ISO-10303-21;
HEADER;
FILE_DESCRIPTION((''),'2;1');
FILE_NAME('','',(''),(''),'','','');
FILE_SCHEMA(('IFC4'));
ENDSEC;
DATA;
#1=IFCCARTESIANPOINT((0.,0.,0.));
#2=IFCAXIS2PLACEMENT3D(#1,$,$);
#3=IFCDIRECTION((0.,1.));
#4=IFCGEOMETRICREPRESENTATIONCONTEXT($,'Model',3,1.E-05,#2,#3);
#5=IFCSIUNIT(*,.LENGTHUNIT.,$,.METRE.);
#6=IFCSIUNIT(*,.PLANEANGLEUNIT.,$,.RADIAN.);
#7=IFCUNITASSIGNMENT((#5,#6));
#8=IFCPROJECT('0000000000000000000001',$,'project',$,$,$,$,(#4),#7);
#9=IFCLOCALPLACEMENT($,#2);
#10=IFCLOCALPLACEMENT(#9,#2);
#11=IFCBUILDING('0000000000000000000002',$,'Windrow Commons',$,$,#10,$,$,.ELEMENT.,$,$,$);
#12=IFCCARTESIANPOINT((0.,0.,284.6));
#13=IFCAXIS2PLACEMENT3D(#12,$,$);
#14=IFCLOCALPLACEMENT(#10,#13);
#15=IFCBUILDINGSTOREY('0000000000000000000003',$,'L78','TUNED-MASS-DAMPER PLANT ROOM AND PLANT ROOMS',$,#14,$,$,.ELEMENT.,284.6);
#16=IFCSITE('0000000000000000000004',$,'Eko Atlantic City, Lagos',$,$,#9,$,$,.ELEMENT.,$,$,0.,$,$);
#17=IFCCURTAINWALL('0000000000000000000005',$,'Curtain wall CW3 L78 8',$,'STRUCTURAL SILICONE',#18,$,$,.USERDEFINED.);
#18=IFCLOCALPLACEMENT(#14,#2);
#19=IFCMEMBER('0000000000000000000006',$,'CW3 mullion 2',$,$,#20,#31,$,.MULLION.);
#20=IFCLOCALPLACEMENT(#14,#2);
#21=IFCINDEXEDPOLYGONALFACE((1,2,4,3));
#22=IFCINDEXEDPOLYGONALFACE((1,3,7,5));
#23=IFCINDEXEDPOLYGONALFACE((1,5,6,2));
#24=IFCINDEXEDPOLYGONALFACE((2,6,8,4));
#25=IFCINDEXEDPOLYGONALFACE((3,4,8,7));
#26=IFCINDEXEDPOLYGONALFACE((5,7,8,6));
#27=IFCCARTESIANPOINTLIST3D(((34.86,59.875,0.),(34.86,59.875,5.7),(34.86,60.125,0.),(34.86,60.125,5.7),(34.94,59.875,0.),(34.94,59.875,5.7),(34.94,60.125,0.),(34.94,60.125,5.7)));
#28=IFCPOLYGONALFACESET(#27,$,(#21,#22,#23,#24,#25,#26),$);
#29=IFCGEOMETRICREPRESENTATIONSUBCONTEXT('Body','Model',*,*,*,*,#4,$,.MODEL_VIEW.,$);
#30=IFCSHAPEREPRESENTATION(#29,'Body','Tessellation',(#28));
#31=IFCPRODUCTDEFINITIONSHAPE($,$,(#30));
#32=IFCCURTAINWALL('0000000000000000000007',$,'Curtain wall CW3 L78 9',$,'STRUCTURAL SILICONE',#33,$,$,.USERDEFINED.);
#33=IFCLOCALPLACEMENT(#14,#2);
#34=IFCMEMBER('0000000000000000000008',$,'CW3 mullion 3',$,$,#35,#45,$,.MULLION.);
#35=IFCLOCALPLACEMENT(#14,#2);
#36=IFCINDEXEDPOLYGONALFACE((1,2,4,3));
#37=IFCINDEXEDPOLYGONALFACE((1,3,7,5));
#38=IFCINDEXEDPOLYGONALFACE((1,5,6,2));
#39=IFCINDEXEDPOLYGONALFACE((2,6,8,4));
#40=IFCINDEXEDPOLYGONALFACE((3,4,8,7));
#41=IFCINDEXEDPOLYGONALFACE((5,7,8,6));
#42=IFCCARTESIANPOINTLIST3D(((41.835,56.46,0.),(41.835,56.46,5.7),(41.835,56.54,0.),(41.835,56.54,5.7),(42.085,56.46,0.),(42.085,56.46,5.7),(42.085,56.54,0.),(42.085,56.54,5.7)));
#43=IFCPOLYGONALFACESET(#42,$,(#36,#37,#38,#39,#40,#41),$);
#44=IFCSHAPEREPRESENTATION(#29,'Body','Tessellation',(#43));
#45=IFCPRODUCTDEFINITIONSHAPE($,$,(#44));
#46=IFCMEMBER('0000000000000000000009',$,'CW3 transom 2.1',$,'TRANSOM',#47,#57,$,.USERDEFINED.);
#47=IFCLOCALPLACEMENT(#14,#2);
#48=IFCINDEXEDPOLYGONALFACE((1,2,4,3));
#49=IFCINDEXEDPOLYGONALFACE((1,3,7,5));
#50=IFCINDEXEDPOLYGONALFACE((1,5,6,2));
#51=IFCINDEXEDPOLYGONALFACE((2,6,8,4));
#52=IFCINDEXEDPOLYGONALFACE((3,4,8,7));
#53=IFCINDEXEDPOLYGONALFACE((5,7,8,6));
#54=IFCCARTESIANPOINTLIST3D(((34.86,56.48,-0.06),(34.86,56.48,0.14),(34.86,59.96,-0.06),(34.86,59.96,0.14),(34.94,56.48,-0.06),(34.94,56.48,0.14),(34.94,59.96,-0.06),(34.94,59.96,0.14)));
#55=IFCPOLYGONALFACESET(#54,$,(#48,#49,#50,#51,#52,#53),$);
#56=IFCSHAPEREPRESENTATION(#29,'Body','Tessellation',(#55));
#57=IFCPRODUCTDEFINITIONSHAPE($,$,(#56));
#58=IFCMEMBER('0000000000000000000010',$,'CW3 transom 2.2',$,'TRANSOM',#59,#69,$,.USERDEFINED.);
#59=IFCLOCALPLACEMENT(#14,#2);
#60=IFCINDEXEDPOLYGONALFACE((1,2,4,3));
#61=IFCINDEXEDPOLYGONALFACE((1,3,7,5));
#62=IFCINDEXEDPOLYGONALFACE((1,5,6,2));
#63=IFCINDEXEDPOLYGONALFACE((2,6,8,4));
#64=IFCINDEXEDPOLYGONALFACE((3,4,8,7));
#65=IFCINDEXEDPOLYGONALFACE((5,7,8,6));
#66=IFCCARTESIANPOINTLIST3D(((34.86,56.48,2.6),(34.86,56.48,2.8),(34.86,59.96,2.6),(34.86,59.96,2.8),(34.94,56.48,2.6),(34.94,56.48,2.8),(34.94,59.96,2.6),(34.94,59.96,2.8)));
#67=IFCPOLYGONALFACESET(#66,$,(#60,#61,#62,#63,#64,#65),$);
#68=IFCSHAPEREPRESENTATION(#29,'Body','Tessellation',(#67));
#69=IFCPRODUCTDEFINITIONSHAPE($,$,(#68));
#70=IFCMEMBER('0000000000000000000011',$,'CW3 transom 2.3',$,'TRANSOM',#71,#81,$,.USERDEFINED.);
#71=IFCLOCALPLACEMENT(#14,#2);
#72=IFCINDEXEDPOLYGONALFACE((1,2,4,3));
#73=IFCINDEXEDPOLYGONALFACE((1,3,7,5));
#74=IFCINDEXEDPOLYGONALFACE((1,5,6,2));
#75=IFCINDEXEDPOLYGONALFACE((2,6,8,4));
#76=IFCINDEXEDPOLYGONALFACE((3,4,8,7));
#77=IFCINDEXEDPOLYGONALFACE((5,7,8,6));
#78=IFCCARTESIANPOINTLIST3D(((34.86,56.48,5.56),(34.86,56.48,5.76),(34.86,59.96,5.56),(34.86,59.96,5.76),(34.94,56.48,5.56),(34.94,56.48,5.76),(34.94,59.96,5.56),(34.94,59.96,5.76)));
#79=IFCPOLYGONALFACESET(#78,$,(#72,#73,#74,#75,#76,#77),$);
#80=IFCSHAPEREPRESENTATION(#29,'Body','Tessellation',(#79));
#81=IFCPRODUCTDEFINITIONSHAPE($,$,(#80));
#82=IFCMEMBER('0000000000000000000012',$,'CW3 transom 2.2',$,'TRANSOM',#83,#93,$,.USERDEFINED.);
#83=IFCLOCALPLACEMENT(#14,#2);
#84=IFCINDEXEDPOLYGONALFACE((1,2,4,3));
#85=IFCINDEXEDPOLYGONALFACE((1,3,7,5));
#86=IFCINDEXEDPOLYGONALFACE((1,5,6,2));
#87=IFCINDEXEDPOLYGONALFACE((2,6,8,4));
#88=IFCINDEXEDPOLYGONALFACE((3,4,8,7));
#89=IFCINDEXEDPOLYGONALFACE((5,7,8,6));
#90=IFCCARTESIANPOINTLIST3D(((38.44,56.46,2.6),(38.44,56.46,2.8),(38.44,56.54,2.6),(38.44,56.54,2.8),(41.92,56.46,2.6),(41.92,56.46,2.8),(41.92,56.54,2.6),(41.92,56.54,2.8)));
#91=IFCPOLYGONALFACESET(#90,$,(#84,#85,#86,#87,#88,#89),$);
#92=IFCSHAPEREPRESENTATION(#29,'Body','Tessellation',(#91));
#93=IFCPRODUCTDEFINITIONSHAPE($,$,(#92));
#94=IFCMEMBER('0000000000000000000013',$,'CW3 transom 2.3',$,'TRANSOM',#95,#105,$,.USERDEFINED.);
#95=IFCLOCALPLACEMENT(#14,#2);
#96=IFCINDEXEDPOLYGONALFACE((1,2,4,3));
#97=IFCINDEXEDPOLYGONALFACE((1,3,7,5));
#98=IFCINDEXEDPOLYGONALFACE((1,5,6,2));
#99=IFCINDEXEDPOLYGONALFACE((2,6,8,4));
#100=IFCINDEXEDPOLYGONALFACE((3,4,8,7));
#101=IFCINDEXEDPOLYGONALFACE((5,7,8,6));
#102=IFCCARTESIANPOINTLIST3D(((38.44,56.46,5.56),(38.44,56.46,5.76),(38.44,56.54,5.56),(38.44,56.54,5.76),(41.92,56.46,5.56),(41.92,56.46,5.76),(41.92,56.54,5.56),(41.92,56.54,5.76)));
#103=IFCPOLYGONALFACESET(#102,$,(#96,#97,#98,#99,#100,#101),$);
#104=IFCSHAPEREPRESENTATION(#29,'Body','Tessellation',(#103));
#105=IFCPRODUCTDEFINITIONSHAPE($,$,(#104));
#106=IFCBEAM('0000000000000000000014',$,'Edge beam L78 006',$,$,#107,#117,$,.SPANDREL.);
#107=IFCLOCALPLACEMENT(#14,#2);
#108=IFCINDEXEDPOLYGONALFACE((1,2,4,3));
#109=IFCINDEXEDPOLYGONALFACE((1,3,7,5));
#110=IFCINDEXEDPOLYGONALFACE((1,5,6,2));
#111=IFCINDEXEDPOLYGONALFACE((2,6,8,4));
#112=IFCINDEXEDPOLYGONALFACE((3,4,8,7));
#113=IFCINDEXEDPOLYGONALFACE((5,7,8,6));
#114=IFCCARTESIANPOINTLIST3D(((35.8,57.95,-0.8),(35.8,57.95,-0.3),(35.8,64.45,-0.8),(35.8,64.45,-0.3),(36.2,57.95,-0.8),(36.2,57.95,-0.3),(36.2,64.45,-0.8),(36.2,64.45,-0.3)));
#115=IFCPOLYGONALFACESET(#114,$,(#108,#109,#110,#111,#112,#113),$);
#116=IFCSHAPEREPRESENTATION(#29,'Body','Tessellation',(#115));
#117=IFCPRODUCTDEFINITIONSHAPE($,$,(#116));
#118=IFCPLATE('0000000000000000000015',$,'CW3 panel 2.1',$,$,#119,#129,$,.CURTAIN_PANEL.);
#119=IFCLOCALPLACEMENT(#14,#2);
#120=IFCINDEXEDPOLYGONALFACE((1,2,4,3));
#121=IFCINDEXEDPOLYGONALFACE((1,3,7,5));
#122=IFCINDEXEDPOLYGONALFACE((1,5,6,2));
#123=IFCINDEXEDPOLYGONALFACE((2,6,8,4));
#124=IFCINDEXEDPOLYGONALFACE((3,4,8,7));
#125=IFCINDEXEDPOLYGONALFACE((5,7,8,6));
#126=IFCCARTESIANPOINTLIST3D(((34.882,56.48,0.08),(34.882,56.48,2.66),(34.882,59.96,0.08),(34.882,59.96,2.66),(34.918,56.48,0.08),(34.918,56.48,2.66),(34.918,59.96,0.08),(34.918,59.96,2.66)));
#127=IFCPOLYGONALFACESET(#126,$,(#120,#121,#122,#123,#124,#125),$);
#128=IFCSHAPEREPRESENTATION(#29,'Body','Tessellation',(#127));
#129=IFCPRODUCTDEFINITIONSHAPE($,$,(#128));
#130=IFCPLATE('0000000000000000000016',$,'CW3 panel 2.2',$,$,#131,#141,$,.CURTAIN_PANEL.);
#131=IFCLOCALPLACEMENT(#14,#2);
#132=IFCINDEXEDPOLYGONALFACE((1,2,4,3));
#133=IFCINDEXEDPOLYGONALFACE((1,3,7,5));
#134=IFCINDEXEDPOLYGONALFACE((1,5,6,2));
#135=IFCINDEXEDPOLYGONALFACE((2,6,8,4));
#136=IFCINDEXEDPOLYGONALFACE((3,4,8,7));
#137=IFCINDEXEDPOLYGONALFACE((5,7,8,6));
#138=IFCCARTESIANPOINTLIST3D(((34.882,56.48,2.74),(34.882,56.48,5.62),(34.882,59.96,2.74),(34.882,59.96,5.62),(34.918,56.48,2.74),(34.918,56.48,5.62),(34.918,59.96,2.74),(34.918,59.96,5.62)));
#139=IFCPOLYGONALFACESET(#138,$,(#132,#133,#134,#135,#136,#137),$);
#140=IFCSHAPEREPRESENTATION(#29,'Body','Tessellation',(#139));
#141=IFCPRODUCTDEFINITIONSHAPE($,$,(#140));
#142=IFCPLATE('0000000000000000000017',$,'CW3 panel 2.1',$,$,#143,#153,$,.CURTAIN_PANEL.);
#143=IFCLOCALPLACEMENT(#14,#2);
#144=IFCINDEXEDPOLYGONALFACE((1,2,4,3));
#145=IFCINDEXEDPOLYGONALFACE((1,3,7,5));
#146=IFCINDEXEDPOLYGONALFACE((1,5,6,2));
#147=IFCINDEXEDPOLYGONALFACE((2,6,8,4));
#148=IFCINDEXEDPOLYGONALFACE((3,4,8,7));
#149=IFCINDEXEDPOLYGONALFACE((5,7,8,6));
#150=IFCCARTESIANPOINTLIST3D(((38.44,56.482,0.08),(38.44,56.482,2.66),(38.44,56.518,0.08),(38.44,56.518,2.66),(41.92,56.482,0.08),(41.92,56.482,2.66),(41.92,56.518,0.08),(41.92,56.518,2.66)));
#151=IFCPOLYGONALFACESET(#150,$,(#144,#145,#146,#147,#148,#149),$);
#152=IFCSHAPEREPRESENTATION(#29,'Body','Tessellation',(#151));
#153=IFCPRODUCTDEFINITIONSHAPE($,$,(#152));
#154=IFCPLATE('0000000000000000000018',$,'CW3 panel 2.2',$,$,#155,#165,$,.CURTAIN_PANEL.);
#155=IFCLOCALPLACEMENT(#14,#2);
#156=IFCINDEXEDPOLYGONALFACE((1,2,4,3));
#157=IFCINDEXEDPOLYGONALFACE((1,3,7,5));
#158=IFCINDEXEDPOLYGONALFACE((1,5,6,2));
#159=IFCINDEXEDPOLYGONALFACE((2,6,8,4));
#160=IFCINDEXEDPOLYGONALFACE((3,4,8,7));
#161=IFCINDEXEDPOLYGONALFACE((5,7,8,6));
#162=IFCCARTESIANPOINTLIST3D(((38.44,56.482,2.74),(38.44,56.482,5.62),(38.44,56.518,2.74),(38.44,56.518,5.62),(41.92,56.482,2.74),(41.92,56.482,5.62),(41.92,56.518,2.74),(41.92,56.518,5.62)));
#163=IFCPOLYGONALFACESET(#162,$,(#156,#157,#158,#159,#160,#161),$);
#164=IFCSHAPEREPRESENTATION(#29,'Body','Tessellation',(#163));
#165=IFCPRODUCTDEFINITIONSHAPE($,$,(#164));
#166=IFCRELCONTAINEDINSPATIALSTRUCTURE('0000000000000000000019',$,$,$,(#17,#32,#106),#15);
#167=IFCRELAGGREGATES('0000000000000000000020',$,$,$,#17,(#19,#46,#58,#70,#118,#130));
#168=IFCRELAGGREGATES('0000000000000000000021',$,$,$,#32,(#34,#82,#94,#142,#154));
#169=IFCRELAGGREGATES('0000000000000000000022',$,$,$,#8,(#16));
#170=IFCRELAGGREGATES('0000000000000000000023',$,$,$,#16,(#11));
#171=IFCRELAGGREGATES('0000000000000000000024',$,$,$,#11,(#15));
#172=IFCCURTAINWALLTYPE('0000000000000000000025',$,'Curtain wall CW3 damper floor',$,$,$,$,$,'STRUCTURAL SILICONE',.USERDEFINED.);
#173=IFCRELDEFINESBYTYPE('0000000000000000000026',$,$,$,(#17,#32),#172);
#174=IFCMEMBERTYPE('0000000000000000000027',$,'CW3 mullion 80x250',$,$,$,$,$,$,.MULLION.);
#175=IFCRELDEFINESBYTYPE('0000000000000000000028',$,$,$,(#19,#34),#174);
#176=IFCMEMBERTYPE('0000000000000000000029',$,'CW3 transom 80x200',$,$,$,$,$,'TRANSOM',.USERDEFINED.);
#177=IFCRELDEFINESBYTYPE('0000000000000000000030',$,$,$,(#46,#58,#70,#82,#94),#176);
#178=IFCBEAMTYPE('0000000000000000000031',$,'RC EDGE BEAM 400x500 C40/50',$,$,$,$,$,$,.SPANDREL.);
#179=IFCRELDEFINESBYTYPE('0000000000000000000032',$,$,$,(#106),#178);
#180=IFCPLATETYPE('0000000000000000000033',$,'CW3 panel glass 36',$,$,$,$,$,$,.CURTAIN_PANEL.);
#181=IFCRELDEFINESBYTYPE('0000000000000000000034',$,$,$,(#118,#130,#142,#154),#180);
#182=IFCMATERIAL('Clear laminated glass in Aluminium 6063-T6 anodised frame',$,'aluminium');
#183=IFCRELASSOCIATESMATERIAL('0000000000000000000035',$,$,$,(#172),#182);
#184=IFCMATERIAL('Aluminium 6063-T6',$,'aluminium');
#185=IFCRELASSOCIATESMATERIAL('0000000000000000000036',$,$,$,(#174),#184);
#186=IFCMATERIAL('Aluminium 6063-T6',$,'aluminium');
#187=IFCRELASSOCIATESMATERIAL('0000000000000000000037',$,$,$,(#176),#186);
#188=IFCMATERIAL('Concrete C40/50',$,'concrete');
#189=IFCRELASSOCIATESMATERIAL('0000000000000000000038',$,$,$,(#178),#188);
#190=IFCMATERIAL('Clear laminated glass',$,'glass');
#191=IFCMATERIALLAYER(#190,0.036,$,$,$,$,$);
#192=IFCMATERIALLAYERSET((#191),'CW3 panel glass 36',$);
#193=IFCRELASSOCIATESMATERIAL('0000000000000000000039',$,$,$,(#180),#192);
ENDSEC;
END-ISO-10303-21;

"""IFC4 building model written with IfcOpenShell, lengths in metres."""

from ifc_helpers import new_model, si_unit, direction, frame, origin, origin_2d, place, context, subcontext, project, spatial, rectangle, extrude, material, layer, layer_set, material_profile, profile_set, type_object, element, aggregate, save


model = new_model("IFC4")

# Units and contexts
model_context = context("Model", 3, precision=1e-05, world=origin(), true_north=direction((0.0, 1.0)))
body_context = subcontext(model_context, "Body", "Model", "MODEL_VIEW")
ifc_project = project(units=[si_unit("LENGTHUNIT", "METRE"), si_unit("PLANEANGLEUNIT", "RADIAN")], contexts=[model_context])

# Site, building, storey
site_placement = place(None, origin())
site = spatial("IfcSite", under=ifc_project, at=site_placement, Name="Eko Atlantic City, Lagos", CompositionType="ELEMENT", RefElevation=0.0)
building_placement = place(site_placement, origin())
building = spatial("IfcBuilding", under=site, at=building_placement, Name="Windrow Commons", CompositionType="ELEMENT")
storey_placement = place(building_placement, frame((0.0, 0.0, 284.6)))
storey = spatial("IfcBuildingStorey", under=building, at=storey_placement, Name="L78", Description="TUNED-MASS-DAMPER PLANT ROOM AND PLANT ROOMS", CompositionType="ELEMENT", Elevation=284.6)

# Curtain walls, members
ifc_material_1 = material(Name="Clear laminated glass in Aluminium 6063-T6 anodised frame", Category="aluminium")
curtain_wall_type = type_object("IfcCurtainWallType", Name="Curtain wall CW3 damper floor", ElementType="STRUCTURAL SILICONE", PredefinedType="USERDEFINED", material=ifc_material_1)
placement = place(storey_placement, origin())
curtain_wall_1 = element("IfcCurtainWall", 1, at=placement, inside=storey, type_object=curtain_wall_type, Name="Curtain wall CW3 L78 8", ObjectType="STRUCTURAL SILICONE", PredefinedType="USERDEFINED")
ifc_material_2 = material(Name="Aluminium 6063-T6", Category="aluminium")
ifc_material_profile_1 = material_profile(ifc_material_2, rectangle(XDim=0.08, YDim=0.25, at=origin_2d()))
ifc_profile_set_1 = profile_set([ifc_material_profile_1], Name="Aluminium 6063-T6")
member_type_1 = type_object("IfcMemberType", Name="CW3 mullion 80x250", PredefinedType="MULLION", material=ifc_profile_set_1)
member_1_placement = place(storey_placement, frame((34.9, 60.0, 0.0), z_axis=(0.0, 0.0, 1.0), x_axis=(1.0, 0.0, 0.0)))
member_1 = element("IfcMember", 2, at=member_1_placement, type_object=member_type_1, Name="CW3 mullion 2", PredefinedType="MULLION", context=body_context, shape_type="SweptSolid", body=[
    extrude(rectangle(XDim=0.08, YDim=0.25, at=origin_2d()), origin(), (0.0, 0.0, 1.0), 5.7),
])
curtain_wall_2 = element("IfcCurtainWall", 3, at=placement, inside=storey, type_object=curtain_wall_type, Name="Curtain wall CW3 L78 9", ObjectType="STRUCTURAL SILICONE", PredefinedType="USERDEFINED")
member_2_placement = place(storey_placement, frame((41.96, 56.5, 0.0), z_axis=(0.0, 0.0, 1.0), x_axis=(0.0, 1.0, 0.0)))
member_2 = element("IfcMember", 4, at=member_2_placement, type_object=member_type_1, Name="CW3 mullion 3", PredefinedType="MULLION", context=body_context, shape_type="SweptSolid", body=[
    extrude(rectangle(XDim=0.08, YDim=0.25, at=origin_2d()), origin(), (0.0, 0.0, 1.0), 5.7),
])

# Members
ifc_material_3 = material(Name="Aluminium 6063-T6", Category="aluminium")
ifc_material_profile_2 = material_profile(ifc_material_3, rectangle(XDim=0.08, YDim=0.2, at=origin_2d()))
ifc_profile_set_2 = profile_set([ifc_material_profile_2], Name="Aluminium 6063-T6")
member_type_2 = type_object("IfcMemberType", Name="CW3 transom 80x200", ElementType="TRANSOM", PredefinedType="USERDEFINED", material=ifc_profile_set_2)
member_3_placement = place(storey_placement, frame((34.9, 59.96, 0.04), z_axis=(0.0, -1.0, 0.0), x_axis=(1.0, 0.0, 0.0)))
member_3 = element("IfcMember", 5, at=member_3_placement, type_object=member_type_2, Name="CW3 transom 2.1", ObjectType="TRANSOM", PredefinedType="USERDEFINED", context=body_context, shape_type="SweptSolid", body=[
    extrude(rectangle(XDim=0.08, YDim=0.2, at=origin_2d()), origin(), (0.0, 0.0, 1.0), 3.48),
])
member_4_placement = place(storey_placement, frame((34.9, 59.96, 2.7), z_axis=(0.0, -1.0, 0.0), x_axis=(1.0, 0.0, 0.0)))
member_4 = element("IfcMember", 6, at=member_4_placement, type_object=member_type_2, Name="CW3 transom 2.2", ObjectType="TRANSOM", PredefinedType="USERDEFINED", context=body_context, shape_type="SweptSolid", body=[
    extrude(rectangle(XDim=0.08, YDim=0.2, at=origin_2d()), origin(), (0.0, 0.0, 1.0), 3.48),
])
member_5_placement = place(storey_placement, frame((34.9, 59.96, 5.66), z_axis=(0.0, -1.0, 0.0), x_axis=(1.0, 0.0, 0.0)))
member_5 = element("IfcMember", 7, at=member_5_placement, type_object=member_type_2, Name="CW3 transom 2.3", ObjectType="TRANSOM", PredefinedType="USERDEFINED", context=body_context, shape_type="SweptSolid", body=[
    extrude(rectangle(XDim=0.08, YDim=0.2, at=origin_2d()), origin(), (0.0, 0.0, 1.0), 3.48),
])
member_6_placement = place(storey_placement, frame((38.44, 56.5, 2.7), z_axis=(1.0, 0.0, 0.0), x_axis=(0.0, 1.0, 0.0)))
member_6 = element("IfcMember", 8, at=member_6_placement, type_object=member_type_2, Name="CW3 transom 2.2", ObjectType="TRANSOM", PredefinedType="USERDEFINED", context=body_context, shape_type="SweptSolid", body=[
    extrude(rectangle(XDim=0.08, YDim=0.2, at=origin_2d()), origin(), (0.0, 0.0, 1.0), 3.48),
])
member_7_placement = place(storey_placement, frame((38.44, 56.5, 5.66), z_axis=(1.0, 0.0, 0.0), x_axis=(0.0, 1.0, 0.0)))
member_7 = element("IfcMember", 9, at=member_7_placement, type_object=member_type_2, Name="CW3 transom 2.3", ObjectType="TRANSOM", PredefinedType="USERDEFINED", context=body_context, shape_type="SweptSolid", body=[
    extrude(rectangle(XDim=0.08, YDim=0.2, at=origin_2d()), origin(), (0.0, 0.0, 1.0), 3.48),
])

# Beam
ifc_material_4 = material(Name="Concrete C40/50", Category="concrete")
ifc_material_profile_3 = material_profile(ifc_material_4, rectangle(XDim=0.4, YDim=0.5, at=origin_2d()))
ifc_profile_set_3 = profile_set([ifc_material_profile_3], Name="Concrete C40/50")
beam_type = type_object("IfcBeamType", Name="RC EDGE BEAM 400x500 C40/50", PredefinedType="SPANDREL", material=ifc_profile_set_3)
beam_placement = place(storey_placement, frame((36.0, 57.95, -0.55), z_axis=(0.0, 1.0, 0.0), x_axis=(-1.0, 0.0, 0.0)))
element("IfcBeam", 10, at=beam_placement, inside=storey, type_object=beam_type, Name="Edge beam L78 006", PredefinedType="SPANDREL", context=body_context, shape_type="SweptSolid", body=[
    extrude(rectangle(XDim=0.4, YDim=0.5, at=origin_2d()), origin(), (0.0, 0.0, 1.0), 6.5),
])

# Plates
ifc_material_5 = material(Name="Clear laminated glass", Category="glass")
ifc_layer_1 = layer(ifc_material_5, 0.036)
ifc_layer_set_1 = layer_set([ifc_layer_1], Name="CW3 panel glass 36")
plate_type = type_object("IfcPlateType", Name="CW3 panel glass 36", PredefinedType="CURTAIN_PANEL", material=ifc_layer_set_1)
plate_1_placement = place(storey_placement, frame((34.9, 58.22, 0.08), z_axis=(0.0, 0.0, 1.0), x_axis=(0.0, -1.0, 0.0)))
plate_1 = element("IfcPlate", 11, at=plate_1_placement, type_object=plate_type, Name="CW3 panel 2.1", PredefinedType="CURTAIN_PANEL", context=body_context, shape_type="SweptSolid", body=[
    extrude(rectangle(XDim=3.48, YDim=0.036, at=origin_2d()), origin(), (0.0, 0.0, 1.0), 2.58),
])
plate_2_placement = place(storey_placement, frame((34.9, 58.22, 2.74), z_axis=(0.0, 0.0, 1.0), x_axis=(0.0, -1.0, 0.0)))
plate_2 = element("IfcPlate", 12, at=plate_2_placement, type_object=plate_type, Name="CW3 panel 2.2", PredefinedType="CURTAIN_PANEL", context=body_context, shape_type="SweptSolid", body=[
    extrude(rectangle(XDim=3.48, YDim=0.036, at=origin_2d()), origin(), (0.0, 0.0, 1.0), 2.88),
])
aggregate(curtain_wall_1, [member_1, member_3, member_4, member_5, plate_1, plate_2])
plate_3_placement = place(storey_placement, frame((40.18, 56.5, 0.08), z_axis=(0.0, 0.0, 1.0), x_axis=(1.0, 0.0, 0.0)))
plate_3 = element("IfcPlate", 13, at=plate_3_placement, type_object=plate_type, Name="CW3 panel 2.1", PredefinedType="CURTAIN_PANEL", context=body_context, shape_type="SweptSolid", body=[
    extrude(rectangle(XDim=3.48, YDim=0.036, at=origin_2d()), origin(), (0.0, 0.0, 1.0), 2.58),
])
plate_4_placement = place(storey_placement, frame((40.18, 56.5, 2.74), z_axis=(0.0, 0.0, 1.0), x_axis=(1.0, 0.0, 0.0)))
plate_4 = element("IfcPlate", 14, at=plate_4_placement, type_object=plate_type, Name="CW3 panel 2.2", PredefinedType="CURTAIN_PANEL", context=body_context, shape_type="SweptSolid", body=[
    extrude(rectangle(XDim=3.48, YDim=0.036, at=origin_2d()), origin(), (0.0, 0.0, 1.0), 2.88),
])
aggregate(curtain_wall_2, [member_2, member_6, member_7, plate_3, plate_4])

save(model, "model.ifc")
